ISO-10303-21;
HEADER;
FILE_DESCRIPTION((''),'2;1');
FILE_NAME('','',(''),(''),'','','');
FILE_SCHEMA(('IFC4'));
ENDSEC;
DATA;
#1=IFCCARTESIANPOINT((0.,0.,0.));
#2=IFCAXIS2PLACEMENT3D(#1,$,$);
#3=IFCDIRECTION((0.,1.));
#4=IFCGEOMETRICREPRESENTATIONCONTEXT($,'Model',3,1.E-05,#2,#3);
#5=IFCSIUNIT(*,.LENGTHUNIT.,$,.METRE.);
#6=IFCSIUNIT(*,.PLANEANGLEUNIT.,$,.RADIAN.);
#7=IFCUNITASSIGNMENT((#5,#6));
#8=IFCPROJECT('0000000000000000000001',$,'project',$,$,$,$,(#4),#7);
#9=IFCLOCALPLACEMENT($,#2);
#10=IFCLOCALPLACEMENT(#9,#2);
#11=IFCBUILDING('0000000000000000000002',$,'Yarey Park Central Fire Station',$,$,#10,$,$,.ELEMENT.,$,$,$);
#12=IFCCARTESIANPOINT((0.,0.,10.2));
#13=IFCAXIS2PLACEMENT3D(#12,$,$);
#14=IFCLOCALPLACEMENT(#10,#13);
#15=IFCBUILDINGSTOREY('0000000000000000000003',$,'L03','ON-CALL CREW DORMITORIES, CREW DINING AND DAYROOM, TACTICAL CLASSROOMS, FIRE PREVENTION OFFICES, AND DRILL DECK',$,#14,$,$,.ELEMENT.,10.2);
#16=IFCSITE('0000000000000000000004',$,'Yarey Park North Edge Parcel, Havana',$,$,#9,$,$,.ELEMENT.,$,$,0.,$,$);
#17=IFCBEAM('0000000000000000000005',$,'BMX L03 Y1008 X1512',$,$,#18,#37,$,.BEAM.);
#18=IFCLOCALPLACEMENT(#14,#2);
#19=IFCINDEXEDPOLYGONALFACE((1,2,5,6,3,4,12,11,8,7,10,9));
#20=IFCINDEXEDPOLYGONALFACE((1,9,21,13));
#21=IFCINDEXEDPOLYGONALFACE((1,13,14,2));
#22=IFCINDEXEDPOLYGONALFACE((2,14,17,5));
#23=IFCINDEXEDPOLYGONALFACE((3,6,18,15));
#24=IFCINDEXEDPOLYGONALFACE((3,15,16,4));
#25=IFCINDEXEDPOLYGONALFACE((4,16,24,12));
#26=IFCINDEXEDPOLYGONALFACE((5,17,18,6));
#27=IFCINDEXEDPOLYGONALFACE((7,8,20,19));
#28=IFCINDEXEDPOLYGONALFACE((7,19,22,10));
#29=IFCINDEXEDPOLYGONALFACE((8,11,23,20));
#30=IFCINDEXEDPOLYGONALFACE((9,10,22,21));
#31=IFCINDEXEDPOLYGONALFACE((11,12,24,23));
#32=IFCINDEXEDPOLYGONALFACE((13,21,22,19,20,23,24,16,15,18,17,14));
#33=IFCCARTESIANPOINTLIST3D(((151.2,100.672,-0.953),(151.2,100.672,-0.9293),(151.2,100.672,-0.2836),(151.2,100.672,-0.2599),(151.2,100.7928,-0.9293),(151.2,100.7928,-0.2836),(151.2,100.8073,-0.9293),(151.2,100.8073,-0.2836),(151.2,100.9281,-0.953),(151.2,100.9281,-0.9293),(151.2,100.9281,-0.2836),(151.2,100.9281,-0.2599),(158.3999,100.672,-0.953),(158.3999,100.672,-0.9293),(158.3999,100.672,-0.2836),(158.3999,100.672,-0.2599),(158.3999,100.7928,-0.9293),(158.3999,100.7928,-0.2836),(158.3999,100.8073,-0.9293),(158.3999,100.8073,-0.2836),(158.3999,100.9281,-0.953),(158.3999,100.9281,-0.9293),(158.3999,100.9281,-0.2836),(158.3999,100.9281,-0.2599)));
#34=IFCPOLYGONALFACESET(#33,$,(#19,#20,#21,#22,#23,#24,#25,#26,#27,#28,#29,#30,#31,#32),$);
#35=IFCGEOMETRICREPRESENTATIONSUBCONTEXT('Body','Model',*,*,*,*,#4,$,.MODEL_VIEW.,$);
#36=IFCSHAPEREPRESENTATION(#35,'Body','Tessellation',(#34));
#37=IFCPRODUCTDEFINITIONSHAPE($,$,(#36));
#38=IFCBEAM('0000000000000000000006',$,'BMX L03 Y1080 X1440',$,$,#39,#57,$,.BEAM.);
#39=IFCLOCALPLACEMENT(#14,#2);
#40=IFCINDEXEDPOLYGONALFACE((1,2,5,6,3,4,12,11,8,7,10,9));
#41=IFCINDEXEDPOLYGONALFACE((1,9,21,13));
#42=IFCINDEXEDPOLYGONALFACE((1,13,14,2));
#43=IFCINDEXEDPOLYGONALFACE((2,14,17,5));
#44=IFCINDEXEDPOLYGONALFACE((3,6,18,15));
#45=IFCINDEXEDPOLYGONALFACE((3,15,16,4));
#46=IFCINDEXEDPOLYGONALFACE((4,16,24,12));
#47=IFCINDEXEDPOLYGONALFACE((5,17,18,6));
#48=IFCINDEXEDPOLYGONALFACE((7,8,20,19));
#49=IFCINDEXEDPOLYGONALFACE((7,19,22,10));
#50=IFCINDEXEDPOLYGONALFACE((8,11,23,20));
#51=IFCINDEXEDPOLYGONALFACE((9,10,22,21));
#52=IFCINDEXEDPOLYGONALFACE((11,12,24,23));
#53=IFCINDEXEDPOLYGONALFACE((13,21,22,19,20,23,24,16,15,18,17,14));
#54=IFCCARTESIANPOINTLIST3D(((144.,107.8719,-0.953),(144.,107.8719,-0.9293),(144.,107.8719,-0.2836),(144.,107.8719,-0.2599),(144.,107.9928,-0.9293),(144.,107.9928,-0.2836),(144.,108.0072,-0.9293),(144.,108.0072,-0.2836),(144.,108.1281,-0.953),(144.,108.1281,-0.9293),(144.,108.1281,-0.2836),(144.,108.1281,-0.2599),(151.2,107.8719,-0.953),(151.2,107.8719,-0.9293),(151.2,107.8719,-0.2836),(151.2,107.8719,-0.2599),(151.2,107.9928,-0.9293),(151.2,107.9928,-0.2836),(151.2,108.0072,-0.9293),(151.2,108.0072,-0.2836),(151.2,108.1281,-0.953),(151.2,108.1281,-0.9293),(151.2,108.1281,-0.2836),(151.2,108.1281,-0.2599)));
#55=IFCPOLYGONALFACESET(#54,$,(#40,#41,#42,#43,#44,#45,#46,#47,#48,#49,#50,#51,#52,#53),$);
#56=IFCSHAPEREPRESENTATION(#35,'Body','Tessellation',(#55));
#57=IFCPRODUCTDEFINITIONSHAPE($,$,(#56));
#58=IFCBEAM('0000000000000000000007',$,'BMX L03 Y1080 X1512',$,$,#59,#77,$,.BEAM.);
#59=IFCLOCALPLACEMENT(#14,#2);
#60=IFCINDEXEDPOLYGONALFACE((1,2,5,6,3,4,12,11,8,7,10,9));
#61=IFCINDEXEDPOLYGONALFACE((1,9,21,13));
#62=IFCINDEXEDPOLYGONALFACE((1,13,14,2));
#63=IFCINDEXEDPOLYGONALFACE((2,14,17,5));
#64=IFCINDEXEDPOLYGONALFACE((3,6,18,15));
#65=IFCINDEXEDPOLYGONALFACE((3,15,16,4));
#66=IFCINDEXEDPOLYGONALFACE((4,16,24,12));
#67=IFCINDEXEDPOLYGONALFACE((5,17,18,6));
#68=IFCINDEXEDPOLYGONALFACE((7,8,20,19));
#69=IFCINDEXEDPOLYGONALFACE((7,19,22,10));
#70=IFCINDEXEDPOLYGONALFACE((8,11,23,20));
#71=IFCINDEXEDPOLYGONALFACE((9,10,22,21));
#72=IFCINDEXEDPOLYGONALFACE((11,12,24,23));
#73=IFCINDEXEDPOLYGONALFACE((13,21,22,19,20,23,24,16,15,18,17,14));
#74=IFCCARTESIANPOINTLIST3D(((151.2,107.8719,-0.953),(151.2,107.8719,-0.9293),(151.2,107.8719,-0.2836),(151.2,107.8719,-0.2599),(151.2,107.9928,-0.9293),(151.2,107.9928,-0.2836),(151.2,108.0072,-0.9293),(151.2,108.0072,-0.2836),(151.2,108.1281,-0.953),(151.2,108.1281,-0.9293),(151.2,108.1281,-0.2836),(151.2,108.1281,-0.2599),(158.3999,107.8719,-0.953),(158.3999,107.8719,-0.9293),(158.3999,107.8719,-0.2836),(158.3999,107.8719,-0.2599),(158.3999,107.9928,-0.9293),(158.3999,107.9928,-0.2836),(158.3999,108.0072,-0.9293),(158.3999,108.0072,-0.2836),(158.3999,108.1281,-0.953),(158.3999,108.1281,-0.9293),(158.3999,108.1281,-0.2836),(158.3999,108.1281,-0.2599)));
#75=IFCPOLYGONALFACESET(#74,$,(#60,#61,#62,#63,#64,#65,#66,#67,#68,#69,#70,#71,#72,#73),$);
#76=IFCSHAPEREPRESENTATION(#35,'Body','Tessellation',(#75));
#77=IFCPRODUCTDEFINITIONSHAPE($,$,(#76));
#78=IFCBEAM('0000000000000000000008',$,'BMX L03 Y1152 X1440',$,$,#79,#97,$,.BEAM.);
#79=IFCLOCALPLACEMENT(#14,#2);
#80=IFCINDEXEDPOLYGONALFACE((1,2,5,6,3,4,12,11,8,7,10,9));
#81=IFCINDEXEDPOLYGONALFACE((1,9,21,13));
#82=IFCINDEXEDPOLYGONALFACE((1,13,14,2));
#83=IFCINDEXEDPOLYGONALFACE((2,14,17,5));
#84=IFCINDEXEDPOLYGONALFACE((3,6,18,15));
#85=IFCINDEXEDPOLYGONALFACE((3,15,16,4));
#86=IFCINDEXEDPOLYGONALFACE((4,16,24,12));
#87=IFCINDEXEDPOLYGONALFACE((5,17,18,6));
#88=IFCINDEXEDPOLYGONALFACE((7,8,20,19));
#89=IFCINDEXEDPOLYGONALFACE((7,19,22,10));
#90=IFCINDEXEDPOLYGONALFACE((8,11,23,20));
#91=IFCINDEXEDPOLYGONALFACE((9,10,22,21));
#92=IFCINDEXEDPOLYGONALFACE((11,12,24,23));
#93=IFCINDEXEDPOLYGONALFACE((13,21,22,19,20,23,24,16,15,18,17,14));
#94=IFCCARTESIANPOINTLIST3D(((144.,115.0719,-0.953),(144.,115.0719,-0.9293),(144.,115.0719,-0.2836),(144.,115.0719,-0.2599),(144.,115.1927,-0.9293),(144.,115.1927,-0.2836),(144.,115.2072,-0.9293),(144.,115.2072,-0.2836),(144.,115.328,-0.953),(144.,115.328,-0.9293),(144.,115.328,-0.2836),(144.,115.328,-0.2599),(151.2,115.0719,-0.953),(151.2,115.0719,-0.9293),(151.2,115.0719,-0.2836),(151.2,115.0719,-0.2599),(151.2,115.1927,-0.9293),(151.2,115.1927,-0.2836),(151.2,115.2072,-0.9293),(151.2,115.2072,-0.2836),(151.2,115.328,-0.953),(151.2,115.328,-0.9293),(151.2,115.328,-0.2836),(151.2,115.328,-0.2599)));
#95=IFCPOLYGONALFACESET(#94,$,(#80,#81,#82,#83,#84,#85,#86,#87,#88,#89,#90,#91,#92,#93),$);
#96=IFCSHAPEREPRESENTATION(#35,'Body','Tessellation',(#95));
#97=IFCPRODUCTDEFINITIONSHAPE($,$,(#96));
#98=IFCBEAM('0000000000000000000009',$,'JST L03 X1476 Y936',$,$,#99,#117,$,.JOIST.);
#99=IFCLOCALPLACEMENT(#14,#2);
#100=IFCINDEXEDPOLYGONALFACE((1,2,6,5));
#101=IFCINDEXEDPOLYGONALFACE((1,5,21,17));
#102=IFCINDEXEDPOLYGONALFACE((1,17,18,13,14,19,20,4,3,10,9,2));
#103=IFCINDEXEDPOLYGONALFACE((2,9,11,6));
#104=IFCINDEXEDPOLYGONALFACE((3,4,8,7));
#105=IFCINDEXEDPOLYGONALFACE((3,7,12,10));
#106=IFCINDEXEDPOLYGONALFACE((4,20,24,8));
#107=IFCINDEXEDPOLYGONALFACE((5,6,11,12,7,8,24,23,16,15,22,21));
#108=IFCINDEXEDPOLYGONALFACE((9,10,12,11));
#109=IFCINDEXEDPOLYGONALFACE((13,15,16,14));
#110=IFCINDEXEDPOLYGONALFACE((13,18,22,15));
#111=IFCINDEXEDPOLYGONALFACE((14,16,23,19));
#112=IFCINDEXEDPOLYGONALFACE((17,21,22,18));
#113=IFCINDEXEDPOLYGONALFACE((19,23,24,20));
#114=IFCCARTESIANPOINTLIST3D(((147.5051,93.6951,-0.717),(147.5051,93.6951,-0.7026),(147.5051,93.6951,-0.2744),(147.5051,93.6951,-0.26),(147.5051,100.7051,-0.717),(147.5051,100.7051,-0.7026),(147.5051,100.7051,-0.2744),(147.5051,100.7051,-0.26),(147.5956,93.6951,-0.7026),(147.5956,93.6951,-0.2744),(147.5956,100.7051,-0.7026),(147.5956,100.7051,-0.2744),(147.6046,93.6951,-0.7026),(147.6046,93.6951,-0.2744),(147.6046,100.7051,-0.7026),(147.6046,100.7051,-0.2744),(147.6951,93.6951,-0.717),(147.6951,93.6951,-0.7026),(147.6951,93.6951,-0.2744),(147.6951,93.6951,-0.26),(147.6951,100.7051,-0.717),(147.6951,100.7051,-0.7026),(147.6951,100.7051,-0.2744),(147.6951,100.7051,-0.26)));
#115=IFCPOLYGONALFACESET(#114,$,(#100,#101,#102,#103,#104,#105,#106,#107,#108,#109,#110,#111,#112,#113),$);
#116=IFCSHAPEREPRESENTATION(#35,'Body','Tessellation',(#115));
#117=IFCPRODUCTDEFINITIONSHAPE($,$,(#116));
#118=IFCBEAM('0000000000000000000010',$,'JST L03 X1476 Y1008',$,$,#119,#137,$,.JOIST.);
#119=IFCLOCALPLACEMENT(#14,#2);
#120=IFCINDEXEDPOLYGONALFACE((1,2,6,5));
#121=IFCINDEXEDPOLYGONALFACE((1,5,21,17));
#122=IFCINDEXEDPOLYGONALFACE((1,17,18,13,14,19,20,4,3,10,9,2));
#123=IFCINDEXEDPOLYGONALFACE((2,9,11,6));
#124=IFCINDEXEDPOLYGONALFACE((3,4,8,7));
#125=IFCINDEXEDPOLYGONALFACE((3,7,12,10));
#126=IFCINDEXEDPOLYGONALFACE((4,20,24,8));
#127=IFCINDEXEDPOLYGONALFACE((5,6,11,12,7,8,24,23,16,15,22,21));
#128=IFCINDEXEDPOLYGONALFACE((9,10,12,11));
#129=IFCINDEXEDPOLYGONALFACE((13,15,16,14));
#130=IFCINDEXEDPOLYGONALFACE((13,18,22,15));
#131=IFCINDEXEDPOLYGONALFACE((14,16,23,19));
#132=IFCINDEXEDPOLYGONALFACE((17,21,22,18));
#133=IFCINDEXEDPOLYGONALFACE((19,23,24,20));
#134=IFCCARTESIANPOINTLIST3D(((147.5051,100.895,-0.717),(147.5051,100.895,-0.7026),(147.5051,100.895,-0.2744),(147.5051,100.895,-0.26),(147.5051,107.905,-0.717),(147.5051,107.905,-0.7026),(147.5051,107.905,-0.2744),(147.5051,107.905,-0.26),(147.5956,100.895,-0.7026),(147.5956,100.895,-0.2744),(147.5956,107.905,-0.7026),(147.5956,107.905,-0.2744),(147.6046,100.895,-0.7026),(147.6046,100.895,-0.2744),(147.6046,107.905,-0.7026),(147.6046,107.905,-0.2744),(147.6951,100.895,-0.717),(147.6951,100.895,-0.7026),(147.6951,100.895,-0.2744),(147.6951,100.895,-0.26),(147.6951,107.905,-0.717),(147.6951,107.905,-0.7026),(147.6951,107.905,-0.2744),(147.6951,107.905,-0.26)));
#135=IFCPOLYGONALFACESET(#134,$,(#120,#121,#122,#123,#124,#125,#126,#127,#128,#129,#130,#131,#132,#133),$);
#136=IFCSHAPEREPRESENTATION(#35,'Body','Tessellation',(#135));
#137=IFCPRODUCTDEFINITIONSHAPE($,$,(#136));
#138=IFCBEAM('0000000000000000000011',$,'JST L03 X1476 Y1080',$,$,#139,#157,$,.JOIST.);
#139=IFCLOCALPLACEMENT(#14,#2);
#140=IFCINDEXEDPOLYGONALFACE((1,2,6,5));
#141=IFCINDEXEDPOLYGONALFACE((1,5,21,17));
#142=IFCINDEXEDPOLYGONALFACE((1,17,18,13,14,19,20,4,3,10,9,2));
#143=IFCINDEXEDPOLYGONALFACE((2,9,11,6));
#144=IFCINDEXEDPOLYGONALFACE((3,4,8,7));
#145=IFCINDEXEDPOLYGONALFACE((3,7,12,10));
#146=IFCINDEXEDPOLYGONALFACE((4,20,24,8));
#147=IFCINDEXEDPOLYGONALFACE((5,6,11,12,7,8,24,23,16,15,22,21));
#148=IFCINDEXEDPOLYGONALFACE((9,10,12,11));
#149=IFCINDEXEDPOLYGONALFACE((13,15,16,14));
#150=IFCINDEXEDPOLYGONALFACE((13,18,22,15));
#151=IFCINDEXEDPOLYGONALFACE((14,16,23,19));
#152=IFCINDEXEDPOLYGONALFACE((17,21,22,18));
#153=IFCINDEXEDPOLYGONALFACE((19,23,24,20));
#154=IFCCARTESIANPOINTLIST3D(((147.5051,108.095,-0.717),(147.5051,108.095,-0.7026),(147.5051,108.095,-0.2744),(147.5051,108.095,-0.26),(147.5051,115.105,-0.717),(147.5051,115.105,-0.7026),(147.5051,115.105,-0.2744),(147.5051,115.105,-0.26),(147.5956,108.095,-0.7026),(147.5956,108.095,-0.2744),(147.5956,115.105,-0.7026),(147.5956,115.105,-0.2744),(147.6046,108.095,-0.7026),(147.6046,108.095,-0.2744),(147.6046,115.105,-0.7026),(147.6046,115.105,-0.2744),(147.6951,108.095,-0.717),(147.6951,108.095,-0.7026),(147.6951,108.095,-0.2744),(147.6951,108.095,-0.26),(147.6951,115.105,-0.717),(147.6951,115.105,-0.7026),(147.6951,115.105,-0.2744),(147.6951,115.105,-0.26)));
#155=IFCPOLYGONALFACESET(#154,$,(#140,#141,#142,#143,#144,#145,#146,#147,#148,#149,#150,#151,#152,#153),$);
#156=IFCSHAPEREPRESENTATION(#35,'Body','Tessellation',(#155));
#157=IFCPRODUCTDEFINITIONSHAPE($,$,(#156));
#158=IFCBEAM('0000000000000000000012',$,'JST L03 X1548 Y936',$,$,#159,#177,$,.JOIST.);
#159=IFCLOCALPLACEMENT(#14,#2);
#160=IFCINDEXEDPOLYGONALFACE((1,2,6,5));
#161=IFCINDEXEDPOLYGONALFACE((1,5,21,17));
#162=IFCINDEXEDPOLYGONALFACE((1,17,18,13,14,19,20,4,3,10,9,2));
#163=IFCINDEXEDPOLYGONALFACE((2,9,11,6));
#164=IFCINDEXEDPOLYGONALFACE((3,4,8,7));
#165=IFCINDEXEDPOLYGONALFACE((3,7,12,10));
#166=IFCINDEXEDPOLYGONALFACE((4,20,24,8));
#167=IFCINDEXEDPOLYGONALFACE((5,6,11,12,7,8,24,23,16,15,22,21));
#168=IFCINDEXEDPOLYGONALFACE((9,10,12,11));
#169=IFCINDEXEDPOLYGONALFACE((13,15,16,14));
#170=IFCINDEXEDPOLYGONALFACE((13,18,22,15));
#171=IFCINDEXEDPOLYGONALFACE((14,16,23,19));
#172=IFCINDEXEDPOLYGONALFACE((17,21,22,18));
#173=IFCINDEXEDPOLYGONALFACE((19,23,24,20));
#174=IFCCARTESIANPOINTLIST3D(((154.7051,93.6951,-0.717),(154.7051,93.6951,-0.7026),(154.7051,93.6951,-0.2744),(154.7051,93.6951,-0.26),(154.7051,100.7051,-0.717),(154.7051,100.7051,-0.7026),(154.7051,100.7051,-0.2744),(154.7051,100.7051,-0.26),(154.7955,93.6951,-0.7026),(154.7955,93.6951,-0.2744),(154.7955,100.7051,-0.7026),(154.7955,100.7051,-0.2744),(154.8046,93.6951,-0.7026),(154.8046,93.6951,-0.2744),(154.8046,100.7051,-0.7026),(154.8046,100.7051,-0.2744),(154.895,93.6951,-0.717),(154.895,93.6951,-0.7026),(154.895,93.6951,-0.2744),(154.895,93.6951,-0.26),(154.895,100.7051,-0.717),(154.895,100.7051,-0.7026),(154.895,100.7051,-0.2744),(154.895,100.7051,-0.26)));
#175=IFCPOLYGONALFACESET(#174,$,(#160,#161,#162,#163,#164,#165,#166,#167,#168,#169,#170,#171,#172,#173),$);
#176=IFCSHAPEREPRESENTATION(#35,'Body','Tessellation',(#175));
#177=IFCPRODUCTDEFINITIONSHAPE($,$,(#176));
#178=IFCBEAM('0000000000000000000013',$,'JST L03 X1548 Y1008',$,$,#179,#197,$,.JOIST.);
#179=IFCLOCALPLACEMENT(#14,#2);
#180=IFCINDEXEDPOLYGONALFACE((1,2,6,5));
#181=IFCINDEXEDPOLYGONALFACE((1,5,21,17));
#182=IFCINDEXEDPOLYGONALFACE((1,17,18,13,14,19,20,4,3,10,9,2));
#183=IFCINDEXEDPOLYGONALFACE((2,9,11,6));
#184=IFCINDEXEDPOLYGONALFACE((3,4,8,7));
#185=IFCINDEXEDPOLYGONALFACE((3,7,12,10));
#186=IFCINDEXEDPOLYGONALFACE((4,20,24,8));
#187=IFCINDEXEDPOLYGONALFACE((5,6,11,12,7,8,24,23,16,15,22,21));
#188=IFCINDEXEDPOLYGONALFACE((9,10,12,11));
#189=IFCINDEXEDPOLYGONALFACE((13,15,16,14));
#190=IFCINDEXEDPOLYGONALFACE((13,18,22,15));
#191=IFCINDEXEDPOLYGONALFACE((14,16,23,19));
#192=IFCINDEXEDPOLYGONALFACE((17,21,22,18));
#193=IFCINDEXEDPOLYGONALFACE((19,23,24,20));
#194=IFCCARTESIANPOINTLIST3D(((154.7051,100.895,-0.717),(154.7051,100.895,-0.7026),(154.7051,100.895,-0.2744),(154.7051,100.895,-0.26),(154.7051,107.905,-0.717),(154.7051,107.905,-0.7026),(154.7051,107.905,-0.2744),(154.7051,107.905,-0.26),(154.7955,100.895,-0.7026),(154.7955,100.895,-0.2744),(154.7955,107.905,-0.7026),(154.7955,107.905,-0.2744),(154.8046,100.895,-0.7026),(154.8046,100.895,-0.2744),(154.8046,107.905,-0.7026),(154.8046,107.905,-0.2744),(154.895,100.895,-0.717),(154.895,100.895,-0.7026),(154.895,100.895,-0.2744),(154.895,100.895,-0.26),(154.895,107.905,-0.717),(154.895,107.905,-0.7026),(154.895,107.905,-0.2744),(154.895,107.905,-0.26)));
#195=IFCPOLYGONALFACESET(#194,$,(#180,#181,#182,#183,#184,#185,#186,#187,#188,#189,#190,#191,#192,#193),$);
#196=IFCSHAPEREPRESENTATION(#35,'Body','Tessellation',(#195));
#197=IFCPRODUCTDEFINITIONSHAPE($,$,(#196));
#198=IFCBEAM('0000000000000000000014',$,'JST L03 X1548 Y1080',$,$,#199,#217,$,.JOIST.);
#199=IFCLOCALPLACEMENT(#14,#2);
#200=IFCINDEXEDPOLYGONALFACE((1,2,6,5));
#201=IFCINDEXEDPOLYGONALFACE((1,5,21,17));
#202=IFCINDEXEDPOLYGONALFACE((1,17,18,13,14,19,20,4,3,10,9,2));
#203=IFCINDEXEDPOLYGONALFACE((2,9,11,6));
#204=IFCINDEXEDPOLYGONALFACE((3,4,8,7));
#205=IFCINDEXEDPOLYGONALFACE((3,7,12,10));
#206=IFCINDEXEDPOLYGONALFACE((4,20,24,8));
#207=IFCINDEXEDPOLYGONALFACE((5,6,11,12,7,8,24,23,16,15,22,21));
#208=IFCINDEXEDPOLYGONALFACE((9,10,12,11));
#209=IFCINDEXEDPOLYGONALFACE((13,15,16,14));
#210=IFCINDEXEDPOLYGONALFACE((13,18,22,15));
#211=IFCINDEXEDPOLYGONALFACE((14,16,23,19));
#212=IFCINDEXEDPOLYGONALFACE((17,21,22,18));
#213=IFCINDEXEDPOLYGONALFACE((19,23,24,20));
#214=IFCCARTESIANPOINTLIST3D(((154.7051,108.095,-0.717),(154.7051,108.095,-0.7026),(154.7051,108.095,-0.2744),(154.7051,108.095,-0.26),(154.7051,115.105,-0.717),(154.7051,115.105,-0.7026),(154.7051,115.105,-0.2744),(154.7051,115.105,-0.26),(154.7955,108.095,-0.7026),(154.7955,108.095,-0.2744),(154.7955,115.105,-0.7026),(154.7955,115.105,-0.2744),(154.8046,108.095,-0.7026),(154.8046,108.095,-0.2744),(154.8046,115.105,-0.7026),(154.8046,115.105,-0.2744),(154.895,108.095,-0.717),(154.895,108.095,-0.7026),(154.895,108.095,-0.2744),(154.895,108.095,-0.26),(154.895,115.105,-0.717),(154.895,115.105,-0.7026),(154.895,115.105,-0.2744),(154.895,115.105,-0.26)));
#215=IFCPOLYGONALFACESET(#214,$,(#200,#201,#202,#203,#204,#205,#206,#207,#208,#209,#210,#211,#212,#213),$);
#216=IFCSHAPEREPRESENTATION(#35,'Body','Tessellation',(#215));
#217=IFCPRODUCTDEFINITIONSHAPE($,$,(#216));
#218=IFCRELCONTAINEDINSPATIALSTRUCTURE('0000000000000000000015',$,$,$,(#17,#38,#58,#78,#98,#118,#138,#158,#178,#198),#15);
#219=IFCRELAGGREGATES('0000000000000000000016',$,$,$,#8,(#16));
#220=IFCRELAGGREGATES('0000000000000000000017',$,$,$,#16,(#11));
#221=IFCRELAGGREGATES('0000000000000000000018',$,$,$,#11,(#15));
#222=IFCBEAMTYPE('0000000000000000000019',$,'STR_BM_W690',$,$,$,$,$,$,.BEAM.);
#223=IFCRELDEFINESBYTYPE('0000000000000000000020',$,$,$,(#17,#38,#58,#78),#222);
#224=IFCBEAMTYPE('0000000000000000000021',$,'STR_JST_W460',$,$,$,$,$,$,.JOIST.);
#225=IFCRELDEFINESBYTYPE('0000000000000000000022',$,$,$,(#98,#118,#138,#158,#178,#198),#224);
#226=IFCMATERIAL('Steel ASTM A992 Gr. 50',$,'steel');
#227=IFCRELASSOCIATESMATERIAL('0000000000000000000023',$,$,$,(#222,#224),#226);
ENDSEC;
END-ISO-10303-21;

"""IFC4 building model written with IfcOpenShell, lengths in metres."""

from ifc_helpers import new_model, si_unit, direction, frame, origin, origin_2d, place, context, subcontext, project, spatial, i_section, extrude, material, material_profile, profile_set, type_object, element, save


model = new_model("IFC4")

# Units and contexts
model_context = context("Model", 3, precision=1e-05, world=origin(), true_north=direction((0.0, 1.0)))
body_context = subcontext(model_context, "Body", "Model", "MODEL_VIEW")
ifc_project = project(units=[si_unit("LENGTHUNIT", "METRE"), si_unit("PLANEANGLEUNIT", "RADIAN")], contexts=[model_context])

# Site, building, storey
site_placement = place(None, origin())
site = spatial("IfcSite", under=ifc_project, at=site_placement, Name="Yarey Park North Edge Parcel, Havana", CompositionType="ELEMENT", RefElevation=0.0)
building_placement = place(site_placement, origin())
building = spatial("IfcBuilding", under=site, at=building_placement, Name="Yarey Park Central Fire Station", CompositionType="ELEMENT")
storey_placement = place(building_placement, frame((0.0, 0.0, 10.2)))
storey = spatial("IfcBuildingStorey", under=building, at=storey_placement, Name="L03", Description="ON-CALL CREW DORMITORIES, CREW DINING AND DAYROOM, TACTICAL CLASSROOMS, FIRE PREVENTION OFFICES, AND DRILL DECK", CompositionType="ELEMENT", Elevation=10.2)

# Beams
ifc_material_1 = material(Name="Steel ASTM A992 Gr. 50", Category="steel")
ifc_material_profile_1 = material_profile(ifc_material_1, i_section(OverallWidth=0.2561, OverallDepth=0.6931, WebThickness=0.0144, FlangeThickness=0.0237, at=origin_2d()), Name="W690x170")
ifc_profile_set_1 = profile_set([ifc_material_profile_1], Name="Steel ASTM A992 Gr. 50")
beam_type_1 = type_object("IfcBeamType", Name="STR_BM_W690", PredefinedType="BEAM", material=ifc_profile_set_1)
for number, where, z_axis, x_axis, name in (
    (1, (151.2, 100.8, -0.6064), (1.0, 0.0, 0.0), (0.0, 1.0, 0.0), "BMX L03 Y1008 X1512"),
    (2, (144.0, 108.0, -0.6064), (1.0, 0.0, 0.0), (0.0, 1.0, 0.0), "BMX L03 Y1080 X1440"),
    (3, (151.2, 108.0, -0.6064), (1.0, 0.0, 0.0), (0.0, 1.0, 0.0), "BMX L03 Y1080 X1512"),
    (4, (144.0, 115.2, -0.6064), (1.0, 0.0, 0.0), (0.0, 1.0, 0.0), "BMX L03 Y1152 X1440"),
):
    element("IfcBeam", number, at=place(storey_placement, frame(where, z_axis=z_axis, x_axis=x_axis)), inside=storey, type_object=beam_type_1, Name=name, PredefinedType="BEAM", context=body_context, shape_type="SweptSolid", body=[
        extrude(i_section(OverallWidth=0.2561, OverallDepth=0.6931, WebThickness=0.0144, FlangeThickness=0.0237, at=origin_2d()), origin(), (0.0, 0.0, 1.0), 7.2),
    ])
ifc_material_profile_2 = material_profile(ifc_material_1, i_section(OverallWidth=0.1899, OverallDepth=0.457, WebThickness=0.009, FlangeThickness=0.0144, at=origin_2d()), Name="W460x74")
ifc_profile_set_2 = profile_set([ifc_material_profile_2], Name="Steel ASTM A992 Gr. 50")
beam_type_2 = type_object("IfcBeamType", Name="STR_JST_W460", PredefinedType="JOIST", material=ifc_profile_set_2)
for number, where, z_axis, x_axis, name in (
    (5, (147.6001, 93.6951, -0.4885), (0.0, 1.0, 0.0), (-1.0, 0.0, 0.0), "JST L03 X1476 Y936"),
    (6, (147.6001, 100.895, -0.4885), (0.0, 1.0, 0.0), (-1.0, 0.0, 0.0), "JST L03 X1476 Y1008"),
    (7, (147.6001, 108.095, -0.4885), (0.0, 1.0, 0.0), (-1.0, 0.0, 0.0), "JST L03 X1476 Y1080"),
    (8, (154.8, 93.6951, -0.4885), (0.0, 1.0, 0.0), (-1.0, 0.0, 0.0), "JST L03 X1548 Y936"),
    (9, (154.8, 100.895, -0.4885), (0.0, 1.0, 0.0), (-1.0, 0.0, 0.0), "JST L03 X1548 Y1008"),
    (10, (154.8, 108.095, -0.4885), (0.0, 1.0, 0.0), (-1.0, 0.0, 0.0), "JST L03 X1548 Y1080"),
):
    element("IfcBeam", number, at=place(storey_placement, frame(where, z_axis=z_axis, x_axis=x_axis)), inside=storey, type_object=beam_type_2, Name=name, PredefinedType="JOIST", context=body_context, shape_type="SweptSolid", body=[
        extrude(i_section(OverallWidth=0.1899, OverallDepth=0.457, WebThickness=0.009, FlangeThickness=0.0144, at=origin_2d()), origin(), (0.0, 0.0, 1.0), 7.01),
    ])

save(model, "model.ifc")
